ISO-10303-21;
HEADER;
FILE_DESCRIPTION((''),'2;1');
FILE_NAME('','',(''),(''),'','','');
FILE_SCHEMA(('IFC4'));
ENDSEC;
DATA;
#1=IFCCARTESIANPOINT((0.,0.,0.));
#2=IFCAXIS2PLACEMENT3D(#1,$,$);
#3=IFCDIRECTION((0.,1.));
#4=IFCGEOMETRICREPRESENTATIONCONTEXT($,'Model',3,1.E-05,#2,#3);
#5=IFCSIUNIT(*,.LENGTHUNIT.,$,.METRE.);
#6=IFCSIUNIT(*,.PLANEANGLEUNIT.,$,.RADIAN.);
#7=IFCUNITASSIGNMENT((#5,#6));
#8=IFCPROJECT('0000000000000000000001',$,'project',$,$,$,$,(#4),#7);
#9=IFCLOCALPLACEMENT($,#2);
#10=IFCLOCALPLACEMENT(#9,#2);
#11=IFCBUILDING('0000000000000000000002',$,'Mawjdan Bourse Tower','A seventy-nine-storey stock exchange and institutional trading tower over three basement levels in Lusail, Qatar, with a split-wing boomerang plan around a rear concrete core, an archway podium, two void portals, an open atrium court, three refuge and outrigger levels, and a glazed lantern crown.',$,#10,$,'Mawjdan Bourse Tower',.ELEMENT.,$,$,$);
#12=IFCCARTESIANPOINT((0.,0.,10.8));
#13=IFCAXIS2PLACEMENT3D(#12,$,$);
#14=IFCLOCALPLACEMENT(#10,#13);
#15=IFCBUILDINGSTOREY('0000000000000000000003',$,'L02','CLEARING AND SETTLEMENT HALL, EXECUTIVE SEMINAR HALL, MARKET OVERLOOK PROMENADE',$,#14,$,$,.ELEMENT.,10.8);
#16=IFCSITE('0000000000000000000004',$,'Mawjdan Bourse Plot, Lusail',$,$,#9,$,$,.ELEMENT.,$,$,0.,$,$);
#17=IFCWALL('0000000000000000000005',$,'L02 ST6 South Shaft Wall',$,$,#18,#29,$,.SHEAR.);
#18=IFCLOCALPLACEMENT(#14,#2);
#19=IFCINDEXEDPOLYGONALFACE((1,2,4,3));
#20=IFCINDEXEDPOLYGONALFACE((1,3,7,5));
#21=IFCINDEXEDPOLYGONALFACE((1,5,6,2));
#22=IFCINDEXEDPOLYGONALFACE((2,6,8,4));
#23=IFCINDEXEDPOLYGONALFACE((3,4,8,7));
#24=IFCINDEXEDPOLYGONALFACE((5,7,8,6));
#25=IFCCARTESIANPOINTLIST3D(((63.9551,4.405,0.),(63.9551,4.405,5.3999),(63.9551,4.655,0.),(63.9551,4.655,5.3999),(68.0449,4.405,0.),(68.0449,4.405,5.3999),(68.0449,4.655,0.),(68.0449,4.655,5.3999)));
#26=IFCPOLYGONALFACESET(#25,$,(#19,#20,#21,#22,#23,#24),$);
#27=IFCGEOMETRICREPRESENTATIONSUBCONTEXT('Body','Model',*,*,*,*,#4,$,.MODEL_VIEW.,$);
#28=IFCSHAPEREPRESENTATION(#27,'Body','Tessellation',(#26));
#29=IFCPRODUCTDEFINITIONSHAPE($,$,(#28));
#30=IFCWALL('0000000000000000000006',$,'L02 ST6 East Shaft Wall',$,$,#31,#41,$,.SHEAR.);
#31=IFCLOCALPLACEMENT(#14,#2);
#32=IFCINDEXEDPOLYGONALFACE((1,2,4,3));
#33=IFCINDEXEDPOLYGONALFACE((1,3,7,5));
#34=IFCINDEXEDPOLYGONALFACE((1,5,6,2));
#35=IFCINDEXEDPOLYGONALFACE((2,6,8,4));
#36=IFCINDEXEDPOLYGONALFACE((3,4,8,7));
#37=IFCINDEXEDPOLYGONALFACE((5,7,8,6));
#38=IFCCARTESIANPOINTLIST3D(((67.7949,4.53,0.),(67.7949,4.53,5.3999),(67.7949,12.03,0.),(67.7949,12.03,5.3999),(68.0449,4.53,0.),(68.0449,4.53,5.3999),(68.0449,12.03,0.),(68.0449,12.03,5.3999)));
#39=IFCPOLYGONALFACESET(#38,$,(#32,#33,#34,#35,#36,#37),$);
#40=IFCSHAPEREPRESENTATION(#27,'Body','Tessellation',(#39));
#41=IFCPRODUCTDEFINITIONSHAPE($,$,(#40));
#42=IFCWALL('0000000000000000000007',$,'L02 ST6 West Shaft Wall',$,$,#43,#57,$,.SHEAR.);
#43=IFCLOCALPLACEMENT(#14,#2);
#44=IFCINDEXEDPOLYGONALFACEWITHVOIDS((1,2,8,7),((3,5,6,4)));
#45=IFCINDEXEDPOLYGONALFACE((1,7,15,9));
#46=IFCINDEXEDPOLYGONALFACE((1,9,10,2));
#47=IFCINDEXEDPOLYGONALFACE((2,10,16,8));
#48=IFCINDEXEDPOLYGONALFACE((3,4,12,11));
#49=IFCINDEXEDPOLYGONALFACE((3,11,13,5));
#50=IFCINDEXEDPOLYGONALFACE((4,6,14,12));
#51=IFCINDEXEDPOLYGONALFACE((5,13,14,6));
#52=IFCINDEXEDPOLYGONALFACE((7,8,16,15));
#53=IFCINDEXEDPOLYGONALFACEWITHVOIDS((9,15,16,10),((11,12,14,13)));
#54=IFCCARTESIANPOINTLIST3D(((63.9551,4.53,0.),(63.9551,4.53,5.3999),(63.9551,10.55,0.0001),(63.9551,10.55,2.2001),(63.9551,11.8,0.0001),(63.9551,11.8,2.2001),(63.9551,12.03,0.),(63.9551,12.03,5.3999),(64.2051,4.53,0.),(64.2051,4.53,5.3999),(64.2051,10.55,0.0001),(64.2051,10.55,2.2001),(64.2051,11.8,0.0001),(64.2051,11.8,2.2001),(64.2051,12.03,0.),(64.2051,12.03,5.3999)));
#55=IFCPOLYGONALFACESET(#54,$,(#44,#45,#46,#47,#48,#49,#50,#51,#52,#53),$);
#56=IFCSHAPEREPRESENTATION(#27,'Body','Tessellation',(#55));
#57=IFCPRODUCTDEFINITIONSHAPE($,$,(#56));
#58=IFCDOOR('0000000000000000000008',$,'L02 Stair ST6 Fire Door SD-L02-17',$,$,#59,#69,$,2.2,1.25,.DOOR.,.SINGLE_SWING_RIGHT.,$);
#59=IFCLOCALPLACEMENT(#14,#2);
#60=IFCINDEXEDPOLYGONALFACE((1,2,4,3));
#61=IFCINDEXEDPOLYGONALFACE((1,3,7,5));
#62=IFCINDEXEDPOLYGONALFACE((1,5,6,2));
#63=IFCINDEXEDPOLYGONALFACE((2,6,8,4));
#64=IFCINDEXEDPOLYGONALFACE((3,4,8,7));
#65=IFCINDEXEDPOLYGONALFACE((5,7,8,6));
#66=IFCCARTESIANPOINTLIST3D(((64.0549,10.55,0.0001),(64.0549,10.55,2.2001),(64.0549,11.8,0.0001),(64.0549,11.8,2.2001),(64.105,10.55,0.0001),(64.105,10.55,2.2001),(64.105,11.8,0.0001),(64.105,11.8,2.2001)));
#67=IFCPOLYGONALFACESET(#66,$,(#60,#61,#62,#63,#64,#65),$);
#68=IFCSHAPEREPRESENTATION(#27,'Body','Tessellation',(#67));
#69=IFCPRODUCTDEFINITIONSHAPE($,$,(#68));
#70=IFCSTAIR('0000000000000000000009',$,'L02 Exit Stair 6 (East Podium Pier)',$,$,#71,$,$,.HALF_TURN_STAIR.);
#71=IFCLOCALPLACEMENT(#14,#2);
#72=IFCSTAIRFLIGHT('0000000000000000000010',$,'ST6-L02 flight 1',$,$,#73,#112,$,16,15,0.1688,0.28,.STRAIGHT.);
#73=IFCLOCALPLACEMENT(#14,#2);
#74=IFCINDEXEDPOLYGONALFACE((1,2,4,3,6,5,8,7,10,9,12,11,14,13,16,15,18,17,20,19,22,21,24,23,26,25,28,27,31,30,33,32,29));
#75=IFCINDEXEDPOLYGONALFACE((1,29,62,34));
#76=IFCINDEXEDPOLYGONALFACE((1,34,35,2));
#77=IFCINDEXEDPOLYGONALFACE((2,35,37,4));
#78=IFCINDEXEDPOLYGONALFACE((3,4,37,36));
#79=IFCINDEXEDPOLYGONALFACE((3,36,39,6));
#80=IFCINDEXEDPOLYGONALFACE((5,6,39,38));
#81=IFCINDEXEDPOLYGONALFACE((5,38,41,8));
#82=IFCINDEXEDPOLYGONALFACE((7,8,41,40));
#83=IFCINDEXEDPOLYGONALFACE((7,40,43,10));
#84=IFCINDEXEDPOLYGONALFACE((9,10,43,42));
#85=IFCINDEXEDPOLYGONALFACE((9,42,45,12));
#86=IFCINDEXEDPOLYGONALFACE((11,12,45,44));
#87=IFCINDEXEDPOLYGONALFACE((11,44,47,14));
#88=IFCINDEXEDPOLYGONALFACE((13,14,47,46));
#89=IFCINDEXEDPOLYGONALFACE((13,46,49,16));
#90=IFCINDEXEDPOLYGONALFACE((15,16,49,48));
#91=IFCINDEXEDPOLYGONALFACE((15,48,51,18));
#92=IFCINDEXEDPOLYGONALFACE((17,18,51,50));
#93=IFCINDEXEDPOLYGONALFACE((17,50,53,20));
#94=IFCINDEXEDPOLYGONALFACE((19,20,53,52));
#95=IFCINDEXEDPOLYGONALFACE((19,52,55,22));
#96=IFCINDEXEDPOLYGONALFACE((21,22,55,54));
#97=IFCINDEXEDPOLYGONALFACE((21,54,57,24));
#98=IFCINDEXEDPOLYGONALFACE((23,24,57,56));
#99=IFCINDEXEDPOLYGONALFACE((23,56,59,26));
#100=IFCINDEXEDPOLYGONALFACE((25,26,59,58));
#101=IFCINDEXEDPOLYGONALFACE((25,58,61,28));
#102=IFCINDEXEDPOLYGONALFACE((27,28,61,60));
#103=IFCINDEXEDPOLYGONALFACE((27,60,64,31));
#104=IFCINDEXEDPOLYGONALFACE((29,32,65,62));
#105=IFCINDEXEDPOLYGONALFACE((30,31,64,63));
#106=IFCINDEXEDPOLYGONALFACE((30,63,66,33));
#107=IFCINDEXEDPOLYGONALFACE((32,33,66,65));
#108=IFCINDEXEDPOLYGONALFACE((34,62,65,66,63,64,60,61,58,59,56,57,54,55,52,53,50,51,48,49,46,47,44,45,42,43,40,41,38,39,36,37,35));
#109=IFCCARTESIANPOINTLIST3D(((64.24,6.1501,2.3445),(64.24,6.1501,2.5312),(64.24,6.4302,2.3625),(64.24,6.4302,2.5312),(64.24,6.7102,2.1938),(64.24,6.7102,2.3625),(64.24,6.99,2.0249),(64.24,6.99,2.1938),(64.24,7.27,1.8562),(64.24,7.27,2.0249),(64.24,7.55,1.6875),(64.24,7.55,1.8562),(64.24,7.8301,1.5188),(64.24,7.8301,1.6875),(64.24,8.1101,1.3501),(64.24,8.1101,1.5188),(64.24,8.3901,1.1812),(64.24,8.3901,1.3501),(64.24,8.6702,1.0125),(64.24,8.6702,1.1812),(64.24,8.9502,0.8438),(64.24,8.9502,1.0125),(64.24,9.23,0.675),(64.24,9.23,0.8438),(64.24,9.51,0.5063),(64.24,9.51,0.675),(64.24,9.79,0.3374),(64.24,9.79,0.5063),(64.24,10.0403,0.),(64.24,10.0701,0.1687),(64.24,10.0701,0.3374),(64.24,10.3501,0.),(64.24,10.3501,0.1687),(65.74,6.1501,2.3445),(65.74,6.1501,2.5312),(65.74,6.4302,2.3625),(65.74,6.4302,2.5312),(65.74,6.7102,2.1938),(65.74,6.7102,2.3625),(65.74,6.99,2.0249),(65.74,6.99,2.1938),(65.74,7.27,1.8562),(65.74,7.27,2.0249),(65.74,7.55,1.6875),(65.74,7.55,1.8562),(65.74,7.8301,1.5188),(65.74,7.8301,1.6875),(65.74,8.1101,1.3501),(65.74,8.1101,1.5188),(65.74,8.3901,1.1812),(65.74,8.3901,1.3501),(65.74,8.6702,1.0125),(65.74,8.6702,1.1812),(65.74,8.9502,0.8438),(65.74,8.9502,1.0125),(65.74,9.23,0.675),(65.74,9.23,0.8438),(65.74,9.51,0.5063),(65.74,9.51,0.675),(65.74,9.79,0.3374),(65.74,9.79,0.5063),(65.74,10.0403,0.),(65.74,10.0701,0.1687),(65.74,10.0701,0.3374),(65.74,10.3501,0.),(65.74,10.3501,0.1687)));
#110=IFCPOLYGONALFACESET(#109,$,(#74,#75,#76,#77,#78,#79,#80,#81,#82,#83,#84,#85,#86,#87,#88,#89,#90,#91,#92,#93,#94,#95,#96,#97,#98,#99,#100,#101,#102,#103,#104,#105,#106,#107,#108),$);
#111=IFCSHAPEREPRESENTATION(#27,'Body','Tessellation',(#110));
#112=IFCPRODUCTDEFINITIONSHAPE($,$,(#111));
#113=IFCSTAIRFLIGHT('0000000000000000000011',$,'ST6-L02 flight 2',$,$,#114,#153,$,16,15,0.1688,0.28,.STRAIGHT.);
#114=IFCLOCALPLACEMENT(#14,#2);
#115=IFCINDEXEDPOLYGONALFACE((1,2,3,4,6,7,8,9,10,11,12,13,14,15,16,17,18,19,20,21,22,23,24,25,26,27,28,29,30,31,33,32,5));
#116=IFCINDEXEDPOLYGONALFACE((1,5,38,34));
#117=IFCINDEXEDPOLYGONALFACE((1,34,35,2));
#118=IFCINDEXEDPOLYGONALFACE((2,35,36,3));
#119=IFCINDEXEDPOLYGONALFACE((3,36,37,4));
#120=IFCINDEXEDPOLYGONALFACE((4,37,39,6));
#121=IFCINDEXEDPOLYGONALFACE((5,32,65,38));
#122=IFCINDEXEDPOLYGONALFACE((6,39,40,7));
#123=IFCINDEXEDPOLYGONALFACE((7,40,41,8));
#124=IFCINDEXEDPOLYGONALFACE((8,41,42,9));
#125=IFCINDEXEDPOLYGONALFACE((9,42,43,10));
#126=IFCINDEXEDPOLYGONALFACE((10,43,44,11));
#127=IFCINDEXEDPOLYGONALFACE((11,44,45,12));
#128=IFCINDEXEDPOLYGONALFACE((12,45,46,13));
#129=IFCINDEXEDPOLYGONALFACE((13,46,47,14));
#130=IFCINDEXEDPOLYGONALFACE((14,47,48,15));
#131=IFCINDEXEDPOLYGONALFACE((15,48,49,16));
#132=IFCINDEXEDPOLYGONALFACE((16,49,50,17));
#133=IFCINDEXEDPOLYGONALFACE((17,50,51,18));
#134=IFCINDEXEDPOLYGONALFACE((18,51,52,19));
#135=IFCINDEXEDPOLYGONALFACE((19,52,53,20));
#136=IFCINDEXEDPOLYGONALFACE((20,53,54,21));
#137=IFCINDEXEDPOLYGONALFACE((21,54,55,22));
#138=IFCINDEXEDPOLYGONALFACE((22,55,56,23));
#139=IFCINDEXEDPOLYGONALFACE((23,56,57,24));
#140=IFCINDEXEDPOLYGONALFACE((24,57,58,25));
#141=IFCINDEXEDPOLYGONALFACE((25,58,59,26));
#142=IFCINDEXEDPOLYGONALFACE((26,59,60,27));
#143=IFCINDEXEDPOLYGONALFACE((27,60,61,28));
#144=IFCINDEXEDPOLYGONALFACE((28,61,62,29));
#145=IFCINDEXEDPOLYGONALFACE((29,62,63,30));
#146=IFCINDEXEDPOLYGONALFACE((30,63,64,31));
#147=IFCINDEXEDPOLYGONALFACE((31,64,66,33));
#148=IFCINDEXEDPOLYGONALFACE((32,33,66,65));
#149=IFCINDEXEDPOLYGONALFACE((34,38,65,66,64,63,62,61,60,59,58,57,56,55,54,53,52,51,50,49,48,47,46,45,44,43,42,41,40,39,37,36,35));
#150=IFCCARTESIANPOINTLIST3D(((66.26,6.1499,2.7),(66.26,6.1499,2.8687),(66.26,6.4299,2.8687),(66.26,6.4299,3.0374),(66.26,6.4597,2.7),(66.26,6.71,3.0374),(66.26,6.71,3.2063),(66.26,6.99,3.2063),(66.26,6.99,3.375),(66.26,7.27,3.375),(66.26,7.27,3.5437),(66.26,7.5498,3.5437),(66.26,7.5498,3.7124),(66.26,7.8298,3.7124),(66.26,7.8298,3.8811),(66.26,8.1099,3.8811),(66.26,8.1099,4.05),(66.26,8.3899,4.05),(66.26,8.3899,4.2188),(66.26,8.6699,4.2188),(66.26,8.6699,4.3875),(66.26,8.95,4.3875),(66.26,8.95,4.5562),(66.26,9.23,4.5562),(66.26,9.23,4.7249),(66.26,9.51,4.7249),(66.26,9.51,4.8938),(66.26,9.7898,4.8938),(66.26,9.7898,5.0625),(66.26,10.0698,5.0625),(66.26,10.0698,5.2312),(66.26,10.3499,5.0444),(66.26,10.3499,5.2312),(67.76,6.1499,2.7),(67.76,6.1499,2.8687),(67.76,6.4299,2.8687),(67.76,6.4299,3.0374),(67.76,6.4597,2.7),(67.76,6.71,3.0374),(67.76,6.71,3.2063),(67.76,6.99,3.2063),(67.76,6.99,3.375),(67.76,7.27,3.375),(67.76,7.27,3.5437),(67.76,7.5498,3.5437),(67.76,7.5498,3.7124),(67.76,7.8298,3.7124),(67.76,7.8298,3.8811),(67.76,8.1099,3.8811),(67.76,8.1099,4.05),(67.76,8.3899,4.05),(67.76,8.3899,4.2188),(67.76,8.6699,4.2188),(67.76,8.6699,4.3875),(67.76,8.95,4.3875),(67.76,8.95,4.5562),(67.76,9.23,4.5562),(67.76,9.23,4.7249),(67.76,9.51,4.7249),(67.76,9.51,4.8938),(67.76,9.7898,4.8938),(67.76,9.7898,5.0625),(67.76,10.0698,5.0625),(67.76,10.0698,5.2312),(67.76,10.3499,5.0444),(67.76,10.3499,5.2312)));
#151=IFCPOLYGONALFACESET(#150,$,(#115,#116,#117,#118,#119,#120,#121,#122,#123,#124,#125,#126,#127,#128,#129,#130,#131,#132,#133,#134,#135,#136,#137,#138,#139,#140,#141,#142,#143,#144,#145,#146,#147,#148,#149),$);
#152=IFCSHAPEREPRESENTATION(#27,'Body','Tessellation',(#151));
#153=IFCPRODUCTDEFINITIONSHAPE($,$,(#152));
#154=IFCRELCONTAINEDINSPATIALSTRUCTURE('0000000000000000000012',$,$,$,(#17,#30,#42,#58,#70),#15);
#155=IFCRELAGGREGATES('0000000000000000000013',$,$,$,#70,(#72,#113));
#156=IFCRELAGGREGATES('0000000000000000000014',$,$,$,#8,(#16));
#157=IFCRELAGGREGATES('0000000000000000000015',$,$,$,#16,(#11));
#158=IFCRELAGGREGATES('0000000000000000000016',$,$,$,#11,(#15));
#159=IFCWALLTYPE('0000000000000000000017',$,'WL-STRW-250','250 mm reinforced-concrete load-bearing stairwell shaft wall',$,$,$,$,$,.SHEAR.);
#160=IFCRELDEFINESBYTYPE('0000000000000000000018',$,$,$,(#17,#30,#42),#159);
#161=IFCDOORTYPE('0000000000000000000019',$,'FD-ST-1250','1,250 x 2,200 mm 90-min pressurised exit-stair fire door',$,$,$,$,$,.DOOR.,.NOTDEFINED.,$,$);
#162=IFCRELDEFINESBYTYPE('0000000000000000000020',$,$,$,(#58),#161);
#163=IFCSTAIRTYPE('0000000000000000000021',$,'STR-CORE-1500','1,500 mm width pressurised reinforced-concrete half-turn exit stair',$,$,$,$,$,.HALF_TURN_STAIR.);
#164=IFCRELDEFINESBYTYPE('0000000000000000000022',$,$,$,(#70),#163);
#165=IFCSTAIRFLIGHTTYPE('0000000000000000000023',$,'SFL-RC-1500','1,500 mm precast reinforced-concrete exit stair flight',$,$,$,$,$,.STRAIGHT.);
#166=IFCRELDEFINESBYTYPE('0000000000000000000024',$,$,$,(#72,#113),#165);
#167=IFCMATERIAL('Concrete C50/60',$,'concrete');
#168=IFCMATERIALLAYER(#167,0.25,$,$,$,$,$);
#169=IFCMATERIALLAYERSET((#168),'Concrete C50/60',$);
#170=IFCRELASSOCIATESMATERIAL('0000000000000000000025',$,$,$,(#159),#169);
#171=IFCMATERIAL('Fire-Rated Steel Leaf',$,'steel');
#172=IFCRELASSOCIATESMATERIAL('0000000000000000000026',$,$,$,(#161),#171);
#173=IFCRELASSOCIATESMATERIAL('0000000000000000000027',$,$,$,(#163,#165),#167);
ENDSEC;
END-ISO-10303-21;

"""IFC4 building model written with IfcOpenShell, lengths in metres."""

from ifc_helpers import new_model, si_unit, direction, frame, frame_2d, origin, place, context, subcontext, project, spatial, polyline, rectangle, outline, extrude, material, layer, layer_set, type_object, element, fill, aggregate, save


model = new_model("IFC4")

# Units and contexts
model_context = context("Model", 3, precision=1e-05, world=origin(), true_north=direction((0.0, 1.0)))
body_context = subcontext(model_context, "Body", "Model", "MODEL_VIEW")
ifc_project = project(units=[si_unit("LENGTHUNIT", "METRE"), si_unit("PLANEANGLEUNIT", "RADIAN")], contexts=[model_context])

# Site, building, storey
site_placement = place(None, origin())
site = spatial("IfcSite", under=ifc_project, at=site_placement, Name="Mawjdan Bourse Plot, Lusail", CompositionType="ELEMENT", RefElevation=0.0)
building_placement = place(site_placement, origin())
building = spatial("IfcBuilding", under=site, at=building_placement, Name="Mawjdan Bourse Tower", Description="A seventy-nine-storey stock exchange and institutional trading tower over three basement levels in Lusail, Qatar, with a split-wing boomerang plan around a rear concrete core, an archway podium, two void portals, an open atrium court, three refuge and outrigger levels, and a glazed lantern crown.", LongName="Mawjdan Bourse Tower", CompositionType="ELEMENT")
storey_placement = place(building_placement, frame((0.0, 0.0, 10.8)))
storey = spatial("IfcBuildingStorey", under=building, at=storey_placement, Name="L02", Description="CLEARING AND SETTLEMENT HALL, EXECUTIVE SEMINAR HALL, MARKET OVERLOOK PROMENADE", CompositionType="ELEMENT", Elevation=10.8)

# Walls
ifc_material_1 = material(Name="Concrete C50/60", Category="concrete")
ifc_layer_1 = layer(ifc_material_1, 0.25)
ifc_layer_set_1 = layer_set([ifc_layer_1], Name="Concrete C50/60")
wall_type_1 = type_object("IfcWallType", Name="WL-STRW-250", Description="250 mm reinforced-concrete load-bearing stairwell shaft wall", PredefinedType="SHEAR", material=ifc_layer_set_1)
wall_1_placement = place(storey_placement, frame((63.9551, 4.53, 0.0), z_axis=(0.0, 0.0, 1.0), x_axis=(1.0, 0.0, 0.0)))
element("IfcWall", 1, at=wall_1_placement, inside=storey, type_object=wall_type_1, Name="L02 ST6 South Shaft Wall", PredefinedType="SHEAR", context=body_context, shape_type="SweptSolid", body=[
    extrude(rectangle(XDim=4.0898, YDim=0.25, at=frame_2d((2.0449, 0.0))), origin(), (0.0, 0.0, 1.0), 5.3999),
])
wall_2_placement = place(storey_placement, frame((67.9199, 4.53, 0.0), z_axis=(0.0, 0.0, 1.0), x_axis=(0.0, 1.0, 0.0)))
element("IfcWall", 2, at=wall_2_placement, inside=storey, type_object=wall_type_1, Name="L02 ST6 East Shaft Wall", PredefinedType="SHEAR", context=body_context, shape_type="SweptSolid", body=[
    extrude(rectangle(XDim=7.5, YDim=0.25, at=frame_2d((3.75, 0.0))), origin(), (0.0, 0.0, 1.0), 5.3999),
])

# Wall, opening, door
wall_3_placement = place(storey_placement, frame((64.0801, 4.53, 0.0), z_axis=(0.0, 0.0, 1.0), x_axis=(0.0, 1.0, 0.0)))
wall_3 = element("IfcWall", 3, at=wall_3_placement, inside=storey, type_object=wall_type_1, Name="L02 ST6 West Shaft Wall", PredefinedType="SHEAR", context=body_context, shape_type="SweptSolid", body=[
    extrude(rectangle(XDim=7.5, YDim=0.25, at=frame_2d((3.75, 0.0))), origin(), (0.0, 0.0, 1.0), 5.3999),
])
opening_placement = place(wall_3_placement, frame((6.02, 0.0, 0.0)))
opening = element("IfcOpeningElement", 4, at=opening_placement, cuts=wall_3, PredefinedType="OPENING", context=body_context, shape_type="SweptSolid", body=[
    extrude(rectangle(XDim=1.25, YDim=2.2, at=frame_2d((0.625, 1.1001))), frame((0.0, 0.135, 0.0), z_axis=(0.0, -1.0, 0.0), x_axis=(1.0, 0.0, 0.0)), (0.0, 0.0, 1.0), 0.27),
])
ifc_material_2 = material(Name="Fire-Rated Steel Leaf", Category="steel")
door_type = type_object("IfcDoorType", Name="FD-ST-1250", Description="1,250 x 2,200 mm 90-min pressurised exit-stair fire door", OperationType="NOTDEFINED", PredefinedType="DOOR", material=ifc_material_2)
door_placement = place(opening_placement, frame((1.25, 0.0, 0.0), z_axis=(0.0, 0.0, 1.0), x_axis=(-1.0, 0.0, 0.0)))
door = element("IfcDoor", 5, at=door_placement, inside=storey, type_object=door_type, Name="L02 Stair ST6 Fire Door SD-L02-17", OperationType="SINGLE_SWING_RIGHT", OverallHeight=2.2, OverallWidth=1.25, PredefinedType="DOOR", context=body_context, shape_type="SweptSolid", body=[
    extrude(rectangle(XDim=1.25, YDim=2.2, at=frame_2d((0.625, 1.1001))), frame((0.0, 0.0249, 0.0), z_axis=(0.0, -1.0, 0.0), x_axis=(1.0, 0.0, 0.0)), (0.0, 0.0, 1.0), 0.05),
])
fill(opening, door)

# Stair, stair flights
stair_type = type_object("IfcStairType", Name="STR-CORE-1500", Description="1,500 mm width pressurised reinforced-concrete half-turn exit stair", PredefinedType="HALF_TURN_STAIR", material=ifc_material_1)
stair_placement = place(storey_placement, origin())
stair = element("IfcStair", 6, at=stair_placement, inside=storey, type_object=stair_type, Name="L02 Exit Stair 6 (East Podium Pier)", PredefinedType="HALF_TURN_STAIR")
stair_flight_type = type_object("IfcStairFlightType", Name="SFL-RC-1500", Description="1,500 mm precast reinforced-concrete exit stair flight", PredefinedType="STRAIGHT", material=ifc_material_1)
stair_flight_1_placement = place(storey_placement, frame((64.99, 10.3501, 0.0), z_axis=(0.0, 0.0, 1.0), x_axis=(0.0, -1.0, 0.0)))
stair_flight_1 = element("IfcStairFlight", 7, at=stair_flight_1_placement, type_object=stair_flight_type, Name="ST6-L02 flight 1", NumberOfRisers=16, NumberOfTreads=15, PredefinedType="STRAIGHT", RiserHeight=0.1688, TreadLength=0.28, context=body_context, shape_type="SweptSolid", body=[
    extrude(outline(polyline([(0.0, 0.0), (0.0, 0.1687), (0.28, 0.1687), (0.28, 0.3374), (0.5601, 0.3374), (0.5601, 0.5063), (0.8401, 0.5063), (0.8401, 0.675), (1.1201, 0.675), (1.1201, 0.8438), (1.3999, 0.8438), (1.3999, 1.0125), (1.6799, 1.0125), (1.6799, 1.1812), (1.96, 1.1812), (1.96, 1.3501), (2.24, 1.3501), (2.24, 1.5188), (2.52, 1.5188), (2.52, 1.6875), (2.8, 1.6875), (2.8, 1.8562), (3.0801, 1.8562), (3.0801, 2.0249), (3.3601, 2.0249), (3.3601, 2.1938), (3.6399, 2.1938), (3.6399, 2.3625), (3.9199, 2.3625), (3.9199, 2.5312), (4.2, 2.5312), (4.2, 2.7), (4.2, 2.3445), (0.3098, 0.0), (0.0, 0.0)])), frame((0.0, 0.75, 0.0), z_axis=(0.0, -1.0, 0.0), x_axis=(1.0, 0.0, 0.0)), (0.0, 0.0, 1.0), 1.5),
])
stair_flight_2_placement = place(storey_placement, frame((67.01, 6.1499, 2.7), z_axis=(0.0, 0.0, 1.0), x_axis=(0.0, 1.0, 0.0)))
stair_flight_2 = element("IfcStairFlight", 8, at=stair_flight_2_placement, type_object=stair_flight_type, Name="ST6-L02 flight 2", NumberOfRisers=16, NumberOfTreads=15, PredefinedType="STRAIGHT", RiserHeight=0.1688, TreadLength=0.28, context=body_context, shape_type="SweptSolid", body=[
    extrude(outline(polyline([(0.0, 0.0), (0.0, 0.1687), (0.28, 0.1687), (0.28, 0.3374), (0.5601, 0.3374), (0.5601, 0.5063), (0.8401, 0.5063), (0.8401, 0.675), (1.1201, 0.675), (1.1201, 0.8438), (1.3999, 0.8438), (1.3999, 1.0125), (1.6799, 1.0125), (1.6799, 1.1812), (1.96, 1.1812), (1.96, 1.3501), (2.24, 1.3501), (2.24, 1.5188), (2.52, 1.5188), (2.52, 1.6875), (2.8, 1.6875), (2.8, 1.8562), (3.0801, 1.8562), (3.0801, 2.0249), (3.3601, 2.0249), (3.3601, 2.1938), (3.6399, 2.1938), (3.6399, 2.3625), (3.9199, 2.3625), (3.9199, 2.5312), (4.2, 2.5312), (4.2, 2.7), (4.2, 2.3445), (0.3098, 0.0), (0.0, 0.0)])), frame((0.0, 0.75, 0.0), z_axis=(0.0, -1.0, 0.0), x_axis=(1.0, 0.0, 0.0)), (0.0, 0.0, 1.0), 1.5),
])
aggregate(stair, [stair_flight_1, stair_flight_2])

save(model, "model.ifc")
